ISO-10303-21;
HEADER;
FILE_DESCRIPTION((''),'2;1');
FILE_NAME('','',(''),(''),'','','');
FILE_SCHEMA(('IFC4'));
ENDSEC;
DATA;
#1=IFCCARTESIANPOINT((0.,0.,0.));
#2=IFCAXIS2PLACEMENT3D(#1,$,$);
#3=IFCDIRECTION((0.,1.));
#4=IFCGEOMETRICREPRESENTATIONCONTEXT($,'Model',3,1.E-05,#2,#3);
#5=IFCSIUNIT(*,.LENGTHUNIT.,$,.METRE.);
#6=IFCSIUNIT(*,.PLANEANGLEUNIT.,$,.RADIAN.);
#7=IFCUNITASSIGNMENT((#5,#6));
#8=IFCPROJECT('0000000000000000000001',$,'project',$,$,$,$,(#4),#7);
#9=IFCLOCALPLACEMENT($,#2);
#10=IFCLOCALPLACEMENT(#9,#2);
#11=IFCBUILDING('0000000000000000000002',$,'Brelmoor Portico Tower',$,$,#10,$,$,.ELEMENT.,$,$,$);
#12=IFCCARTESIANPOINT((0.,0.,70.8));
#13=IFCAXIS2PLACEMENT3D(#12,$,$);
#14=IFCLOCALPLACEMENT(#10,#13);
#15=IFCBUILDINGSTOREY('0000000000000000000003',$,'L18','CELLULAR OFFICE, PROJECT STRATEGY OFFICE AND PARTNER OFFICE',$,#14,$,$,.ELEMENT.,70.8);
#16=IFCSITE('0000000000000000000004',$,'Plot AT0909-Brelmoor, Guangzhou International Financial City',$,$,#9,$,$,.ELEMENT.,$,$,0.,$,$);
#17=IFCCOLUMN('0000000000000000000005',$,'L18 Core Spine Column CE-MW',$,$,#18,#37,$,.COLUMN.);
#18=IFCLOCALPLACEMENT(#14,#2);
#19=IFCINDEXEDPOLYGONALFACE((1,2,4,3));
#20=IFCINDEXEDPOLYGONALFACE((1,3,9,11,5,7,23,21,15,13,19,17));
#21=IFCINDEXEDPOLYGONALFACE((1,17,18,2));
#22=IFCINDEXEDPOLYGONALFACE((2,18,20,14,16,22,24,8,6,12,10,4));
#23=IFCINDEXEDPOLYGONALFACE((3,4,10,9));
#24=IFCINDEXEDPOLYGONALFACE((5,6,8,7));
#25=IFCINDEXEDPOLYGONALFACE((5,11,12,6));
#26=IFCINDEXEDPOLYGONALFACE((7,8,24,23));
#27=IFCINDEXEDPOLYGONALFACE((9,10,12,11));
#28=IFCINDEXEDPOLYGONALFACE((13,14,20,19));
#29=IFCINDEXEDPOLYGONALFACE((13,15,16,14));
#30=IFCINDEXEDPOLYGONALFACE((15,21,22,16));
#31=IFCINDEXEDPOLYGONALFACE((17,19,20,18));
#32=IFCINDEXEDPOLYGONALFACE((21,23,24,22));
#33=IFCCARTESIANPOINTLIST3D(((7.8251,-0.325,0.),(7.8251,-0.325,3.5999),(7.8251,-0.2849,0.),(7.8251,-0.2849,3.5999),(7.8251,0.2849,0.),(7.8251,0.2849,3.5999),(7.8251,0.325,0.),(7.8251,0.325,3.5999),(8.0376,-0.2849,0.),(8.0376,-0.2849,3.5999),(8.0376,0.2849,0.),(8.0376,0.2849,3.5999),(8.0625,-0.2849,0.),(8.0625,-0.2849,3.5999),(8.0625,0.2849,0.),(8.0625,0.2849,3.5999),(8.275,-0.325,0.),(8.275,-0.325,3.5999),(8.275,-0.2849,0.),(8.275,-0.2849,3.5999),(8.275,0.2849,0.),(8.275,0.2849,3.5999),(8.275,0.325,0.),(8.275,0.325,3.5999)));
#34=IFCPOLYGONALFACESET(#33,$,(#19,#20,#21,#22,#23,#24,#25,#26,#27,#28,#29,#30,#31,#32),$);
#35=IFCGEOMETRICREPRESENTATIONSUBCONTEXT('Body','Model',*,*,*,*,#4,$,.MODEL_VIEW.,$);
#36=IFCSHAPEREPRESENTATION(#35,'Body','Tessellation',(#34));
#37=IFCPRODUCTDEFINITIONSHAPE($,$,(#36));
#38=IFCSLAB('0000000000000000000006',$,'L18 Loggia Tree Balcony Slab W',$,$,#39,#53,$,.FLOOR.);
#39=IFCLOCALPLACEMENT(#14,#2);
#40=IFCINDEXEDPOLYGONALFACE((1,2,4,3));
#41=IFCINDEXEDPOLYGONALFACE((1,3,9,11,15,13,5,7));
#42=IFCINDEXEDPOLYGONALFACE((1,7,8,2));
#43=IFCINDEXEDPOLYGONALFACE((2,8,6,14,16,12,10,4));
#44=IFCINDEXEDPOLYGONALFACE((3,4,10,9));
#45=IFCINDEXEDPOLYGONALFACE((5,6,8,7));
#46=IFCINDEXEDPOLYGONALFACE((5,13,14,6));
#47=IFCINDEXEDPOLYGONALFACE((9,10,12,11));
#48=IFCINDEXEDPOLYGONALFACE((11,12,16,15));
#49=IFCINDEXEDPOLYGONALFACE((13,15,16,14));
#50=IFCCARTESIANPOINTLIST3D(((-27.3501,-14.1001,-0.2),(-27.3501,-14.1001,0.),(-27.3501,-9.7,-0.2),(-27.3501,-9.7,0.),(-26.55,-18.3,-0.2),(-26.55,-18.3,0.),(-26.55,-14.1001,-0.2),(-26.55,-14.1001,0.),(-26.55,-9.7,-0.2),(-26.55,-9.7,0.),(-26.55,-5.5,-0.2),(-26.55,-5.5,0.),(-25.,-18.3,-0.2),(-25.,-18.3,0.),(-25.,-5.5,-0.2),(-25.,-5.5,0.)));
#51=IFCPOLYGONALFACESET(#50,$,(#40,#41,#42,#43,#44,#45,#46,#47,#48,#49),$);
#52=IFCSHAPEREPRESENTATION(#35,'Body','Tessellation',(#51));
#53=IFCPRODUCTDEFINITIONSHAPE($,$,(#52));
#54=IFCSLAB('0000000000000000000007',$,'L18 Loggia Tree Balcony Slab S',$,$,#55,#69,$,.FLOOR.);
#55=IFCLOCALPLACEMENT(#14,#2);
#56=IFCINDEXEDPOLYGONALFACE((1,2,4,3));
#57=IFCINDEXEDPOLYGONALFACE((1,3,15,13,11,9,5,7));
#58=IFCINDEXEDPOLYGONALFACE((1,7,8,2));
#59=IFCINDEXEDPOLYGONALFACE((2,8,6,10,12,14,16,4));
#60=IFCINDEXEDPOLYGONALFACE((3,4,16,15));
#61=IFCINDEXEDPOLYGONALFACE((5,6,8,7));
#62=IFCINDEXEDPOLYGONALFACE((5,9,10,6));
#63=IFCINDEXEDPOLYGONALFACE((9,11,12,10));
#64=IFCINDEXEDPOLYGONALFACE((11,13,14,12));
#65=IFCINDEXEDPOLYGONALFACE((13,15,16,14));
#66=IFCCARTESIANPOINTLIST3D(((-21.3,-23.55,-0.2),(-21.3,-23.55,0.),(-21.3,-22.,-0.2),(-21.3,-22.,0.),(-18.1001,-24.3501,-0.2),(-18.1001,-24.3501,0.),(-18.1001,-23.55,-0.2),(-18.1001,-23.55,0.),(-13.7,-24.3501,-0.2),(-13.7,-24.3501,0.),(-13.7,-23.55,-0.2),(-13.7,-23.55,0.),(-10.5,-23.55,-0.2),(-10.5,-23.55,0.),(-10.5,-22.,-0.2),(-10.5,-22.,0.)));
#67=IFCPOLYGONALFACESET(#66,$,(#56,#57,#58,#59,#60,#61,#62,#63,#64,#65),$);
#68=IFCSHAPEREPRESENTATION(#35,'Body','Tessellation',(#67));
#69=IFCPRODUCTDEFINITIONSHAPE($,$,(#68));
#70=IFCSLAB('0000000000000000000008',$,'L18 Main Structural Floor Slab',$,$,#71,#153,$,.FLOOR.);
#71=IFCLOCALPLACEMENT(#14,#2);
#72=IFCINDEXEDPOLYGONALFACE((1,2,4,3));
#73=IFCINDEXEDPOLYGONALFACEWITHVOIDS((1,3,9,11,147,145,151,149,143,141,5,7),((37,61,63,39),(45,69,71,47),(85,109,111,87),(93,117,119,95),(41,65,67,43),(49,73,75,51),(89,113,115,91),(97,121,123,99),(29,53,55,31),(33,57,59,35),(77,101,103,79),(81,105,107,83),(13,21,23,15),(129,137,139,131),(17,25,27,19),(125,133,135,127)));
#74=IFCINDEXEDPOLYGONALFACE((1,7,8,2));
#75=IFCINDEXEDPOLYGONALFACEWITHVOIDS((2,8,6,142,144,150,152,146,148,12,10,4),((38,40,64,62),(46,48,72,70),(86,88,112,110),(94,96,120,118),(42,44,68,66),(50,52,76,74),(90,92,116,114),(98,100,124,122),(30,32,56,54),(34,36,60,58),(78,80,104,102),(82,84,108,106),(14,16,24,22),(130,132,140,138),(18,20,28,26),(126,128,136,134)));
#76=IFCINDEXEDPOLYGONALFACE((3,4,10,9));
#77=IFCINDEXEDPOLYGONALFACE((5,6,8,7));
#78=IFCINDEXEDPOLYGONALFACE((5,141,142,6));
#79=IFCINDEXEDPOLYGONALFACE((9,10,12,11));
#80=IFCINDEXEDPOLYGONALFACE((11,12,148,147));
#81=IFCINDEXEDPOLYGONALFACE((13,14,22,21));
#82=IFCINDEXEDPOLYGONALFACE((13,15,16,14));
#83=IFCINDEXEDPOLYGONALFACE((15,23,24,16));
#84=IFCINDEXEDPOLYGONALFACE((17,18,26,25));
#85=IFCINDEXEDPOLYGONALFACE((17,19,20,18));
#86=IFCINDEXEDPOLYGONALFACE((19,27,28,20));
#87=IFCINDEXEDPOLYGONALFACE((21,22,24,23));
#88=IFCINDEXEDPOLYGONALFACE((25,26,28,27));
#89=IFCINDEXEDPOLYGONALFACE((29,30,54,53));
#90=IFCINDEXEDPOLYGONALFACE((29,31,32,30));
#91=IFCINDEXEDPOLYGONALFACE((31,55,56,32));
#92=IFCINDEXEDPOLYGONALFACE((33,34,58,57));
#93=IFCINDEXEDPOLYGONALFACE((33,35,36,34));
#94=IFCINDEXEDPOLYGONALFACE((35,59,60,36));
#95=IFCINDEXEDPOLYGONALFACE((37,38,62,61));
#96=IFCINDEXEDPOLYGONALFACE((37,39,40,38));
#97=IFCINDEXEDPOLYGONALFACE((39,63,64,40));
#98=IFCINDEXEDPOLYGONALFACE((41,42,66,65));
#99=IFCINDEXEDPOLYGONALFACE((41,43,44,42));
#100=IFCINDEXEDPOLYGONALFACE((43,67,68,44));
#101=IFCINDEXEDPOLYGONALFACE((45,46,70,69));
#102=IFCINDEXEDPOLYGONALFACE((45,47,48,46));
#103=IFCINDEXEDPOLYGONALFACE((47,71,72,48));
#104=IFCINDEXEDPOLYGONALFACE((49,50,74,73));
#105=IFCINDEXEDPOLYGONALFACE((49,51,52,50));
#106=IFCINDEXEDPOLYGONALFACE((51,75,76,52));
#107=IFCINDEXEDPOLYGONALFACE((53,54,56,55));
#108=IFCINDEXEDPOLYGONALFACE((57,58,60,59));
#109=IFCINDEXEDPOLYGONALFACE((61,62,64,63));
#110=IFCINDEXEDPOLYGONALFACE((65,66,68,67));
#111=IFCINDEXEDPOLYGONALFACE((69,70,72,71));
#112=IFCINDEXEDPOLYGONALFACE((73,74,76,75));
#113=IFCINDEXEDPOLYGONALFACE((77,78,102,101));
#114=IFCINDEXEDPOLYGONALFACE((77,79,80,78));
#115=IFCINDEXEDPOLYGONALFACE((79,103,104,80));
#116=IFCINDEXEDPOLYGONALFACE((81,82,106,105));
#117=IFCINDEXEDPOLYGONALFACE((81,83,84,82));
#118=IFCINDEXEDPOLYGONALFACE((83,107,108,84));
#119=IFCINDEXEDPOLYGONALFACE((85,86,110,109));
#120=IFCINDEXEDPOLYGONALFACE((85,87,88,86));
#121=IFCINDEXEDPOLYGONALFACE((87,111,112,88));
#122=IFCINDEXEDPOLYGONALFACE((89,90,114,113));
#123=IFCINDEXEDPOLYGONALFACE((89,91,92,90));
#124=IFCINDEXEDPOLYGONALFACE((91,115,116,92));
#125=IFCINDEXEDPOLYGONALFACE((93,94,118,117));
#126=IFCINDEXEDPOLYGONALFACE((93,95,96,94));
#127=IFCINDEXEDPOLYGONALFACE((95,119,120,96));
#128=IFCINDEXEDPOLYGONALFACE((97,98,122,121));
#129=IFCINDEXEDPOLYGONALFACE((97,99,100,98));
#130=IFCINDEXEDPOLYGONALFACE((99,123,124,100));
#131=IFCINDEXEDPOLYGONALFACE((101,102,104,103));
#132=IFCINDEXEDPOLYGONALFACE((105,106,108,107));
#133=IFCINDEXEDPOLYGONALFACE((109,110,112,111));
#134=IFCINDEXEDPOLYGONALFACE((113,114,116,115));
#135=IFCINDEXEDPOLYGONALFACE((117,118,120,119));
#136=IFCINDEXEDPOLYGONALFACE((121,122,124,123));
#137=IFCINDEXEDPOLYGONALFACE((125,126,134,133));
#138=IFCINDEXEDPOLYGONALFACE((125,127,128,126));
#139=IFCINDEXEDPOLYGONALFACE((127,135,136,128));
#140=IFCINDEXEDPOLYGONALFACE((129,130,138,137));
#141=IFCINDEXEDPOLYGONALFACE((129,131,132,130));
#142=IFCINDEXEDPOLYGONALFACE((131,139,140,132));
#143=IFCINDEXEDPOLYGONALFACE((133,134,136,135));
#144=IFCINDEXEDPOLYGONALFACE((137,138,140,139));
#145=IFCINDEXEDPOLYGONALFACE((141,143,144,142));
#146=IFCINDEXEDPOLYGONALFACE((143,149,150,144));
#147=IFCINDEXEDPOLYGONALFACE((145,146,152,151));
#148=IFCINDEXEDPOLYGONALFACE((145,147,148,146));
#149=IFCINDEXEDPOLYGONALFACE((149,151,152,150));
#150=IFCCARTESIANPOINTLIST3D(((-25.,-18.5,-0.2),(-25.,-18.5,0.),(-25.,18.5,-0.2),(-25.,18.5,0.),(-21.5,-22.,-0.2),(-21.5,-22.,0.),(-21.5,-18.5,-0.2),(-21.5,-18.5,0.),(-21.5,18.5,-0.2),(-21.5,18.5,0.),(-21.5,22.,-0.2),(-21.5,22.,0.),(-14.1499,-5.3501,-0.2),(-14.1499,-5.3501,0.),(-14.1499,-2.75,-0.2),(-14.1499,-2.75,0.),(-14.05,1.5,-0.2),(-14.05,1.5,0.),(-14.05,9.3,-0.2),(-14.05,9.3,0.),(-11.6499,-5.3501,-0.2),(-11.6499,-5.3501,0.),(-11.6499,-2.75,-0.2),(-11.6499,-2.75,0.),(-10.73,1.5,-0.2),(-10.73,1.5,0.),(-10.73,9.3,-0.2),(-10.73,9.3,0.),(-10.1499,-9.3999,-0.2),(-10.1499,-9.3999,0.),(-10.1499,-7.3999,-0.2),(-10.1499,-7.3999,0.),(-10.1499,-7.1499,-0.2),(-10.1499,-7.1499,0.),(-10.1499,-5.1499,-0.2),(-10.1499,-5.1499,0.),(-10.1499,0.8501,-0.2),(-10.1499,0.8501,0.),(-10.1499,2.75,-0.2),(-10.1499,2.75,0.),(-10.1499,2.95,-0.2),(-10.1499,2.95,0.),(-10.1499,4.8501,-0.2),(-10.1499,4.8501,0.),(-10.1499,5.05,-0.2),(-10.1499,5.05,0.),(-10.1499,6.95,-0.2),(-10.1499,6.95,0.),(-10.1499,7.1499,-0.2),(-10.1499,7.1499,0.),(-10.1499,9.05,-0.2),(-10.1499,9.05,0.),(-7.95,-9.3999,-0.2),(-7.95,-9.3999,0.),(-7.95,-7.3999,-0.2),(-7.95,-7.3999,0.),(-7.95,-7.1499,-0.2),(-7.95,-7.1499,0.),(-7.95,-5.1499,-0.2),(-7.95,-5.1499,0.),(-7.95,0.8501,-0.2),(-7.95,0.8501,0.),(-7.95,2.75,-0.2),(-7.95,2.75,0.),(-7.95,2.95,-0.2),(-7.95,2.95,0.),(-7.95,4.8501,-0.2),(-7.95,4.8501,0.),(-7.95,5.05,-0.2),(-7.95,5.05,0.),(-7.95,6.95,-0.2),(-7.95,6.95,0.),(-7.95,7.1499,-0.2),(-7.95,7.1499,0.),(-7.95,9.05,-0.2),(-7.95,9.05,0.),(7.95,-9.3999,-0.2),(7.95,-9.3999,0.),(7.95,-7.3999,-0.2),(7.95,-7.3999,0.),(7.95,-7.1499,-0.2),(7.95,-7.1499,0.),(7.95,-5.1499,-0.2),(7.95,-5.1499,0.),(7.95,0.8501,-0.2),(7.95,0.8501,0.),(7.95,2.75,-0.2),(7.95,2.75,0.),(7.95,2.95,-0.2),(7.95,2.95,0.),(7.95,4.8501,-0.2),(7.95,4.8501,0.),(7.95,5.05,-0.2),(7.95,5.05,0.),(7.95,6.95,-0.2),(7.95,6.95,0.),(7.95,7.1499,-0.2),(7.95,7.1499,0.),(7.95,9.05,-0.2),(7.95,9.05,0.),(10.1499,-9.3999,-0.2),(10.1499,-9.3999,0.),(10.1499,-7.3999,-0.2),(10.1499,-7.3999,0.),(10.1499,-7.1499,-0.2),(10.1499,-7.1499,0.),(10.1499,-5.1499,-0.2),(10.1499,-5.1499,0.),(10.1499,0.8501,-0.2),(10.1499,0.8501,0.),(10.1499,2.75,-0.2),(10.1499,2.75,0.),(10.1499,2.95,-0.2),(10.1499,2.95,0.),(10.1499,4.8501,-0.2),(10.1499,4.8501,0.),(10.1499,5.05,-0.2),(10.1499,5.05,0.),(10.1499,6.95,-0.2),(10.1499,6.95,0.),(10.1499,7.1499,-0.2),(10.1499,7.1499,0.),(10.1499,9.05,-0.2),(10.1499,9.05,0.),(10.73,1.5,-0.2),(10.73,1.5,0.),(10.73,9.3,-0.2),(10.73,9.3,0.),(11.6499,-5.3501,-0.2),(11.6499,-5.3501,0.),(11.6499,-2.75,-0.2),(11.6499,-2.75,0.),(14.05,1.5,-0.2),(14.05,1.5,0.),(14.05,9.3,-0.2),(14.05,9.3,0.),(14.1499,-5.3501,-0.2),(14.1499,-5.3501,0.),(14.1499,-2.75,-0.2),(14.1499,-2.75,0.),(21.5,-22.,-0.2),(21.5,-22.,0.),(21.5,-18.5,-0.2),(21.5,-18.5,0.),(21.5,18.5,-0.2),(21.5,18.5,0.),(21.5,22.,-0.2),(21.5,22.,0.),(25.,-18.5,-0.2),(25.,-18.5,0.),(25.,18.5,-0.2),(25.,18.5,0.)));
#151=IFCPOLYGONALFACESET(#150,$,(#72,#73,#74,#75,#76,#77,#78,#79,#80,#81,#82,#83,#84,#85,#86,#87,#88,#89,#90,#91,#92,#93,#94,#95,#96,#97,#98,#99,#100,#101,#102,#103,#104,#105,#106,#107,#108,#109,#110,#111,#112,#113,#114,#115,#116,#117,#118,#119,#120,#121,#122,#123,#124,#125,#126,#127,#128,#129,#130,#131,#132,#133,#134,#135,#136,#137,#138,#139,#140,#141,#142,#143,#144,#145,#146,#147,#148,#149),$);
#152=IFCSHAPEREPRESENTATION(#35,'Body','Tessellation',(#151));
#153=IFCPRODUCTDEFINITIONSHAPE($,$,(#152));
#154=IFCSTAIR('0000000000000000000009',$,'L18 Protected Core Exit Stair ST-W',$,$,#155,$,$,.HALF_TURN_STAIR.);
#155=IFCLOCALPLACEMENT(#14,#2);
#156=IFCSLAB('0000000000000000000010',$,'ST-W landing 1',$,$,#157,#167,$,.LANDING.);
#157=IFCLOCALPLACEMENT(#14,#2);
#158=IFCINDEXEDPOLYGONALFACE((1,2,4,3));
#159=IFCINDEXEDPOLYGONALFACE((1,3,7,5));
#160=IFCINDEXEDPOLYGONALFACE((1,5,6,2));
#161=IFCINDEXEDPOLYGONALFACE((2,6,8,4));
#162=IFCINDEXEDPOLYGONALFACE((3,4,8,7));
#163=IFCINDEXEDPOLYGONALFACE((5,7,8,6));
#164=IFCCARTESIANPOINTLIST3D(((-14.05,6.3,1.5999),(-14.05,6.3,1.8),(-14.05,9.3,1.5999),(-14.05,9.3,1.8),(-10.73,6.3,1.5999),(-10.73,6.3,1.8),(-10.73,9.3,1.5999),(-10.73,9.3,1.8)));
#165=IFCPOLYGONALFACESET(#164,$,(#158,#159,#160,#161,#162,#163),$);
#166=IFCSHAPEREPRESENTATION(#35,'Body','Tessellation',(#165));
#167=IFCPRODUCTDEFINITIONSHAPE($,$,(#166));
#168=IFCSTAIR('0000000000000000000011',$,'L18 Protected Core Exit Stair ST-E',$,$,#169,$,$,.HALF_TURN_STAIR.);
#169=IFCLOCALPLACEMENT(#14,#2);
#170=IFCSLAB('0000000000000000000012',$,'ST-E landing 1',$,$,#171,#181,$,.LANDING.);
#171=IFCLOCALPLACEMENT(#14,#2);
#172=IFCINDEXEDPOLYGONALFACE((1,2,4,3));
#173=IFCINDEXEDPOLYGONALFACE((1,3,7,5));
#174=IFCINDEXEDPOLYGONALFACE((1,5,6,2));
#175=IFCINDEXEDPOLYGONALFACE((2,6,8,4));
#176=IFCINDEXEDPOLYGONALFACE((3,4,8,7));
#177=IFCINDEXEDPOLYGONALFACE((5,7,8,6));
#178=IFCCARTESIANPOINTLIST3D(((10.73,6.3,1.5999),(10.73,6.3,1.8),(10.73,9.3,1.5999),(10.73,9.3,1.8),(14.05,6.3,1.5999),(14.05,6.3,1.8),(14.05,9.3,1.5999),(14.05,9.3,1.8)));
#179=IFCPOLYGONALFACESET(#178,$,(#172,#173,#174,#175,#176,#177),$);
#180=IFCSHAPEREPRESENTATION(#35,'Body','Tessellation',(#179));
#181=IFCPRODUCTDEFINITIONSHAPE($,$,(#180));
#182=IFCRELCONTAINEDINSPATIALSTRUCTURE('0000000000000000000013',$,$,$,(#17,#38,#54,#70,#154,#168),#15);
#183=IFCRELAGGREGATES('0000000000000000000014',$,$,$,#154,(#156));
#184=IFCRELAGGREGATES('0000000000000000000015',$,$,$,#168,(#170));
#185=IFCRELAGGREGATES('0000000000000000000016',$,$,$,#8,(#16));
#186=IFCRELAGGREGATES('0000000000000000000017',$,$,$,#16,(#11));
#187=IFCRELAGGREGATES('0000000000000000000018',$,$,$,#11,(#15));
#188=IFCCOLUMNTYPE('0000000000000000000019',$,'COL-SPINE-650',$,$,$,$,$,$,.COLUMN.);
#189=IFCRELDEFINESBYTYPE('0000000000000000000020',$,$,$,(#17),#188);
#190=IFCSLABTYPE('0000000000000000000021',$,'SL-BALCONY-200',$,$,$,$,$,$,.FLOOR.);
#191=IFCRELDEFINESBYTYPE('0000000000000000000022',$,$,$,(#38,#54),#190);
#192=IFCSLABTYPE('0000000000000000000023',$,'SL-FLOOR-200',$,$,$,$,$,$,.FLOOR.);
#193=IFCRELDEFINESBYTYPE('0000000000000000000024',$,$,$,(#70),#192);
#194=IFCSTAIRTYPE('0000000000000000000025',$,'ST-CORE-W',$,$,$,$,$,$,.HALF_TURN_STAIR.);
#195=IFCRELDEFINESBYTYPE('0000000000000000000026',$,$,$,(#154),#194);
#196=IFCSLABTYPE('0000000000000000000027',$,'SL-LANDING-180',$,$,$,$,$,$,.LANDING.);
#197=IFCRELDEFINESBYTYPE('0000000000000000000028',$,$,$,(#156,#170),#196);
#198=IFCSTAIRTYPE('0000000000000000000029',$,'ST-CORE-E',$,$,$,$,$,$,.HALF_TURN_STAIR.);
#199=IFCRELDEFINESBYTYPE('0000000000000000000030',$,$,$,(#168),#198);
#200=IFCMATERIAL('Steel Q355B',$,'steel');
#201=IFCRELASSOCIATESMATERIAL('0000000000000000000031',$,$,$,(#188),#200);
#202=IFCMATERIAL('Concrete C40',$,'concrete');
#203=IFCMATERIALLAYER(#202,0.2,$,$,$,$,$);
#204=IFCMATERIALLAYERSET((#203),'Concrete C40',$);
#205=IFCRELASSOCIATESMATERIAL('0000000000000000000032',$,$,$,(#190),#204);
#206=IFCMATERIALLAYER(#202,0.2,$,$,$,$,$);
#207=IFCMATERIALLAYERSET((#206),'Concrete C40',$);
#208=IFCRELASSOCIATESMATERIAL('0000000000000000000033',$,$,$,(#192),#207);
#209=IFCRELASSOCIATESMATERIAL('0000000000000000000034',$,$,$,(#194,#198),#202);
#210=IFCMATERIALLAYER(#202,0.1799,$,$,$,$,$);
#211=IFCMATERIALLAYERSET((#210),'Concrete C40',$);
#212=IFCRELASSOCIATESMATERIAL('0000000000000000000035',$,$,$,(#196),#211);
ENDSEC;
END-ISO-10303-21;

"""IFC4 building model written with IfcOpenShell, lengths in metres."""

from ifc_helpers import new_model, si_unit, direction, frame, origin, origin_2d, place, context, subcontext, project, spatial, polyline, i_section, outline, extrude, material, layer, layer_set, material_profile, profile_set, type_object, element, aggregate, save


model = new_model("IFC4")

# Units and contexts
model_context = context("Model", 3, precision=1e-05, world=origin(), true_north=direction((0.0, 1.0)))
body_context = subcontext(model_context, "Body", "Model", "MODEL_VIEW")
ifc_project = project(units=[si_unit("LENGTHUNIT", "METRE"), si_unit("PLANEANGLEUNIT", "RADIAN")], contexts=[model_context])

# Site, building, storey
site_placement = place(None, origin())
site = spatial("IfcSite", under=ifc_project, at=site_placement, Name="Plot AT0909-Brelmoor, Guangzhou International Financial City", CompositionType="ELEMENT", RefElevation=0.0)
building_placement = place(site_placement, origin())
building = spatial("IfcBuilding", under=site, at=building_placement, Name="Brelmoor Portico Tower", CompositionType="ELEMENT")
storey_placement = place(building_placement, frame((0.0, 0.0, 70.8)))
storey = spatial("IfcBuildingStorey", under=building, at=storey_placement, Name="L18", Description="CELLULAR OFFICE, PROJECT STRATEGY OFFICE AND PARTNER OFFICE", CompositionType="ELEMENT", Elevation=70.8)

# Column
ifc_material_1 = material(Name="Steel Q355B", Category="steel")
ifc_material_profile = material_profile(ifc_material_1, i_section(OverallWidth=0.45, OverallDepth=0.6499, WebThickness=0.0249, FlangeThickness=0.04, at=origin_2d()), Name="HW 650x450x25x40")
ifc_profile_set = profile_set([ifc_material_profile], Name="Steel Q355B")
column_type = type_object("IfcColumnType", Name="COL-SPINE-650", PredefinedType="COLUMN", material=ifc_profile_set)
column_placement = place(storey_placement, frame((8.05, 0.0, 0.0), z_axis=(0.0, 0.0, 1.0), x_axis=(1.0, 0.0, 0.0)))
element("IfcColumn", 1, at=column_placement, inside=storey, type_object=column_type, Name="L18 Core Spine Column CE-MW", PredefinedType="COLUMN", context=body_context, shape_type="SweptSolid", body=[
    extrude(i_section(OverallWidth=0.45, OverallDepth=0.6499, WebThickness=0.0249, FlangeThickness=0.04, at=origin_2d()), origin(), (0.0, 0.0, 1.0), 3.5999),
])

# Slabs
ifc_material_2 = material(Name="Concrete C40", Category="concrete")
ifc_layer_1 = layer(ifc_material_2, 0.2)
ifc_layer_set_1 = layer_set([ifc_layer_1], Name="Concrete C40")
slab_type_1 = type_object("IfcSlabType", Name="SL-BALCONY-200", PredefinedType="FLOOR", material=ifc_layer_set_1)
slab_1_placement = place(storey_placement, frame((0.0, 0.0, -0.2)))
element("IfcSlab", 2, at=slab_1_placement, inside=storey, type_object=slab_type_1, Name="L18 Loggia Tree Balcony Slab W", PredefinedType="FLOOR", context=body_context, shape_type="SweptSolid", body=[
    extrude(outline(polyline([(-26.55, -18.3), (-25.0, -18.3), (-25.0, -5.5), (-26.55, -5.5), (-26.55, -9.7), (-27.3501, -9.7), (-27.3501, -14.1001), (-26.55, -14.1001), (-26.55, -18.3)])), origin(), (0.0, 0.0, 1.0), 0.2),
])
slab_2_placement = place(storey_placement, frame((0.0, 0.0, -0.2)))
element("IfcSlab", 3, at=slab_2_placement, inside=storey, type_object=slab_type_1, Name="L18 Loggia Tree Balcony Slab S", PredefinedType="FLOOR", context=body_context, shape_type="SweptSolid", body=[
    extrude(outline(polyline([(-21.3, -23.55), (-18.1001, -23.55), (-18.1001, -24.3501), (-13.7, -24.3501), (-13.7, -23.55), (-10.5, -23.55), (-10.5, -22.0), (-21.3, -22.0), (-21.3, -23.55)])), origin(), (0.0, 0.0, 1.0), 0.2),
])
ifc_layer_2 = layer(ifc_material_2, 0.2)
ifc_layer_set_2 = layer_set([ifc_layer_2], Name="Concrete C40")
slab_type_2 = type_object("IfcSlabType", Name="SL-FLOOR-200", PredefinedType="FLOOR", material=ifc_layer_set_2)
slab_3_placement = place(storey_placement, frame((0.0, 0.0, -0.2)))
element("IfcSlab", 4, at=slab_3_placement, inside=storey, type_object=slab_type_2, Name="L18 Main Structural Floor Slab", PredefinedType="FLOOR", context=body_context, shape_type="SweptSolid", body=[
    extrude(outline(polyline([(-21.5, -22.0), (21.5, -22.0), (21.5, -18.5), (25.0, -18.5), (25.0, 18.5), (21.5, 18.5), (21.5, 22.0), (-21.5, 22.0), (-21.5, 18.5), (-25.0, 18.5), (-25.0, -18.5), (-21.5, -18.5), (-21.5, -22.0)]), holes=[polyline([(-10.73, 1.5), (-10.73, 9.3), (-14.05, 9.3), (-14.05, 1.5), (-10.73, 1.5)]), polyline([(14.05, 1.5), (14.05, 9.3), (10.73, 9.3), (10.73, 1.5), (14.05, 1.5)]), polyline([(-10.1499, 0.8501), (-7.95, 0.8501), (-7.95, 2.75), (-10.1499, 2.75), (-10.1499, 0.8501)]), polyline([(-10.1499, 2.95), (-7.95, 2.95), (-7.95, 4.8501), (-10.1499, 4.8501), (-10.1499, 2.95)]), polyline([(-10.1499, 5.05), (-7.95, 5.05), (-7.95, 6.95), (-10.1499, 6.95), (-10.1499, 5.05)]), polyline([(-10.1499, 7.1499), (-7.95, 7.1499), (-7.95, 9.05), (-10.1499, 9.05), (-10.1499, 7.1499)]), polyline([(7.95, 0.8501), (10.1499, 0.8501), (10.1499, 2.75), (7.95, 2.75), (7.95, 0.8501)]), polyline([(7.95, 2.95), (10.1499, 2.95), (10.1499, 4.8501), (7.95, 4.8501), (7.95, 2.95)]), polyline([(7.95, 5.05), (10.1499, 5.05), (10.1499, 6.95), (7.95, 6.95), (7.95, 5.05)]), polyline([(7.95, 7.1499), (10.1499, 7.1499), (10.1499, 9.05), (7.95, 9.05), (7.95, 7.1499)]), polyline([(-10.1499, -9.3999), (-7.95, -9.3999), (-7.95, -7.3999), (-10.1499, -7.3999), (-10.1499, -9.3999)]), polyline([(-10.1499, -7.1499), (-7.95, -7.1499), (-7.95, -5.1499), (-10.1499, -5.1499), (-10.1499, -7.1499)]), polyline([(7.95, -9.3999), (10.1499, -9.3999), (10.1499, -7.3999), (7.95, -7.3999), (7.95, -9.3999)]), polyline([(7.95, -7.1499), (10.1499, -7.1499), (10.1499, -5.1499), (7.95, -5.1499), (7.95, -7.1499)]), polyline([(-14.1499, -5.3501), (-11.6499, -5.3501), (-11.6499, -2.75), (-14.1499, -2.75), (-14.1499, -5.3501)]), polyline([(11.6499, -5.3501), (14.1499, -5.3501), (14.1499, -2.75), (11.6499, -2.75), (11.6499, -5.3501)])]), origin(), (0.0, 0.0, 1.0), 0.2),
])

# Stairs, slabs
stair_type_1 = type_object("IfcStairType", Name="ST-CORE-W", PredefinedType="HALF_TURN_STAIR", material=ifc_material_2)
stair_1_placement = place(storey_placement, origin())
stair_1 = element("IfcStair", 5, at=stair_1_placement, inside=storey, type_object=stair_type_1, Name="L18 Protected Core Exit Stair ST-W", PredefinedType="HALF_TURN_STAIR")
ifc_layer_3 = layer(ifc_material_2, 0.1799)
ifc_layer_set_3 = layer_set([ifc_layer_3], Name="Concrete C40")
slab_type_3 = type_object("IfcSlabType", Name="SL-LANDING-180", PredefinedType="LANDING", material=ifc_layer_set_3)
slab_4_placement = place(storey_placement, frame((0.0, 0.0, 1.5999)))
slab_4 = element("IfcSlab", 6, at=slab_4_placement, type_object=slab_type_3, Name="ST-W landing 1", PredefinedType="LANDING", context=body_context, shape_type="SweptSolid", body=[
    extrude(outline(polyline([(-10.73, 6.3), (-10.73, 9.3), (-14.05, 9.3), (-14.05, 6.3), (-10.73, 6.3)])), origin(), (0.0, 0.0, 1.0), 0.2002),
])
aggregate(stair_1, [slab_4])
stair_type_2 = type_object("IfcStairType", Name="ST-CORE-E", PredefinedType="HALF_TURN_STAIR", material=ifc_material_2)
stair_2_placement = place(storey_placement, origin())
stair_2 = element("IfcStair", 7, at=stair_2_placement, inside=storey, type_object=stair_type_2, Name="L18 Protected Core Exit Stair ST-E", PredefinedType="HALF_TURN_STAIR")
slab_5_placement = place(storey_placement, frame((0.0, 0.0, 1.5999)))
slab_5 = element("IfcSlab", 8, at=slab_5_placement, type_object=slab_type_3, Name="ST-E landing 1", PredefinedType="LANDING", context=body_context, shape_type="SweptSolid", body=[
    extrude(outline(polyline([(14.05, 6.3), (14.05, 9.3), (10.73, 9.3), (10.73, 6.3), (14.05, 6.3)])), origin(), (0.0, 0.0, 1.0), 0.2002),
])
aggregate(stair_2, [slab_5])

save(model, "model.ifc")
